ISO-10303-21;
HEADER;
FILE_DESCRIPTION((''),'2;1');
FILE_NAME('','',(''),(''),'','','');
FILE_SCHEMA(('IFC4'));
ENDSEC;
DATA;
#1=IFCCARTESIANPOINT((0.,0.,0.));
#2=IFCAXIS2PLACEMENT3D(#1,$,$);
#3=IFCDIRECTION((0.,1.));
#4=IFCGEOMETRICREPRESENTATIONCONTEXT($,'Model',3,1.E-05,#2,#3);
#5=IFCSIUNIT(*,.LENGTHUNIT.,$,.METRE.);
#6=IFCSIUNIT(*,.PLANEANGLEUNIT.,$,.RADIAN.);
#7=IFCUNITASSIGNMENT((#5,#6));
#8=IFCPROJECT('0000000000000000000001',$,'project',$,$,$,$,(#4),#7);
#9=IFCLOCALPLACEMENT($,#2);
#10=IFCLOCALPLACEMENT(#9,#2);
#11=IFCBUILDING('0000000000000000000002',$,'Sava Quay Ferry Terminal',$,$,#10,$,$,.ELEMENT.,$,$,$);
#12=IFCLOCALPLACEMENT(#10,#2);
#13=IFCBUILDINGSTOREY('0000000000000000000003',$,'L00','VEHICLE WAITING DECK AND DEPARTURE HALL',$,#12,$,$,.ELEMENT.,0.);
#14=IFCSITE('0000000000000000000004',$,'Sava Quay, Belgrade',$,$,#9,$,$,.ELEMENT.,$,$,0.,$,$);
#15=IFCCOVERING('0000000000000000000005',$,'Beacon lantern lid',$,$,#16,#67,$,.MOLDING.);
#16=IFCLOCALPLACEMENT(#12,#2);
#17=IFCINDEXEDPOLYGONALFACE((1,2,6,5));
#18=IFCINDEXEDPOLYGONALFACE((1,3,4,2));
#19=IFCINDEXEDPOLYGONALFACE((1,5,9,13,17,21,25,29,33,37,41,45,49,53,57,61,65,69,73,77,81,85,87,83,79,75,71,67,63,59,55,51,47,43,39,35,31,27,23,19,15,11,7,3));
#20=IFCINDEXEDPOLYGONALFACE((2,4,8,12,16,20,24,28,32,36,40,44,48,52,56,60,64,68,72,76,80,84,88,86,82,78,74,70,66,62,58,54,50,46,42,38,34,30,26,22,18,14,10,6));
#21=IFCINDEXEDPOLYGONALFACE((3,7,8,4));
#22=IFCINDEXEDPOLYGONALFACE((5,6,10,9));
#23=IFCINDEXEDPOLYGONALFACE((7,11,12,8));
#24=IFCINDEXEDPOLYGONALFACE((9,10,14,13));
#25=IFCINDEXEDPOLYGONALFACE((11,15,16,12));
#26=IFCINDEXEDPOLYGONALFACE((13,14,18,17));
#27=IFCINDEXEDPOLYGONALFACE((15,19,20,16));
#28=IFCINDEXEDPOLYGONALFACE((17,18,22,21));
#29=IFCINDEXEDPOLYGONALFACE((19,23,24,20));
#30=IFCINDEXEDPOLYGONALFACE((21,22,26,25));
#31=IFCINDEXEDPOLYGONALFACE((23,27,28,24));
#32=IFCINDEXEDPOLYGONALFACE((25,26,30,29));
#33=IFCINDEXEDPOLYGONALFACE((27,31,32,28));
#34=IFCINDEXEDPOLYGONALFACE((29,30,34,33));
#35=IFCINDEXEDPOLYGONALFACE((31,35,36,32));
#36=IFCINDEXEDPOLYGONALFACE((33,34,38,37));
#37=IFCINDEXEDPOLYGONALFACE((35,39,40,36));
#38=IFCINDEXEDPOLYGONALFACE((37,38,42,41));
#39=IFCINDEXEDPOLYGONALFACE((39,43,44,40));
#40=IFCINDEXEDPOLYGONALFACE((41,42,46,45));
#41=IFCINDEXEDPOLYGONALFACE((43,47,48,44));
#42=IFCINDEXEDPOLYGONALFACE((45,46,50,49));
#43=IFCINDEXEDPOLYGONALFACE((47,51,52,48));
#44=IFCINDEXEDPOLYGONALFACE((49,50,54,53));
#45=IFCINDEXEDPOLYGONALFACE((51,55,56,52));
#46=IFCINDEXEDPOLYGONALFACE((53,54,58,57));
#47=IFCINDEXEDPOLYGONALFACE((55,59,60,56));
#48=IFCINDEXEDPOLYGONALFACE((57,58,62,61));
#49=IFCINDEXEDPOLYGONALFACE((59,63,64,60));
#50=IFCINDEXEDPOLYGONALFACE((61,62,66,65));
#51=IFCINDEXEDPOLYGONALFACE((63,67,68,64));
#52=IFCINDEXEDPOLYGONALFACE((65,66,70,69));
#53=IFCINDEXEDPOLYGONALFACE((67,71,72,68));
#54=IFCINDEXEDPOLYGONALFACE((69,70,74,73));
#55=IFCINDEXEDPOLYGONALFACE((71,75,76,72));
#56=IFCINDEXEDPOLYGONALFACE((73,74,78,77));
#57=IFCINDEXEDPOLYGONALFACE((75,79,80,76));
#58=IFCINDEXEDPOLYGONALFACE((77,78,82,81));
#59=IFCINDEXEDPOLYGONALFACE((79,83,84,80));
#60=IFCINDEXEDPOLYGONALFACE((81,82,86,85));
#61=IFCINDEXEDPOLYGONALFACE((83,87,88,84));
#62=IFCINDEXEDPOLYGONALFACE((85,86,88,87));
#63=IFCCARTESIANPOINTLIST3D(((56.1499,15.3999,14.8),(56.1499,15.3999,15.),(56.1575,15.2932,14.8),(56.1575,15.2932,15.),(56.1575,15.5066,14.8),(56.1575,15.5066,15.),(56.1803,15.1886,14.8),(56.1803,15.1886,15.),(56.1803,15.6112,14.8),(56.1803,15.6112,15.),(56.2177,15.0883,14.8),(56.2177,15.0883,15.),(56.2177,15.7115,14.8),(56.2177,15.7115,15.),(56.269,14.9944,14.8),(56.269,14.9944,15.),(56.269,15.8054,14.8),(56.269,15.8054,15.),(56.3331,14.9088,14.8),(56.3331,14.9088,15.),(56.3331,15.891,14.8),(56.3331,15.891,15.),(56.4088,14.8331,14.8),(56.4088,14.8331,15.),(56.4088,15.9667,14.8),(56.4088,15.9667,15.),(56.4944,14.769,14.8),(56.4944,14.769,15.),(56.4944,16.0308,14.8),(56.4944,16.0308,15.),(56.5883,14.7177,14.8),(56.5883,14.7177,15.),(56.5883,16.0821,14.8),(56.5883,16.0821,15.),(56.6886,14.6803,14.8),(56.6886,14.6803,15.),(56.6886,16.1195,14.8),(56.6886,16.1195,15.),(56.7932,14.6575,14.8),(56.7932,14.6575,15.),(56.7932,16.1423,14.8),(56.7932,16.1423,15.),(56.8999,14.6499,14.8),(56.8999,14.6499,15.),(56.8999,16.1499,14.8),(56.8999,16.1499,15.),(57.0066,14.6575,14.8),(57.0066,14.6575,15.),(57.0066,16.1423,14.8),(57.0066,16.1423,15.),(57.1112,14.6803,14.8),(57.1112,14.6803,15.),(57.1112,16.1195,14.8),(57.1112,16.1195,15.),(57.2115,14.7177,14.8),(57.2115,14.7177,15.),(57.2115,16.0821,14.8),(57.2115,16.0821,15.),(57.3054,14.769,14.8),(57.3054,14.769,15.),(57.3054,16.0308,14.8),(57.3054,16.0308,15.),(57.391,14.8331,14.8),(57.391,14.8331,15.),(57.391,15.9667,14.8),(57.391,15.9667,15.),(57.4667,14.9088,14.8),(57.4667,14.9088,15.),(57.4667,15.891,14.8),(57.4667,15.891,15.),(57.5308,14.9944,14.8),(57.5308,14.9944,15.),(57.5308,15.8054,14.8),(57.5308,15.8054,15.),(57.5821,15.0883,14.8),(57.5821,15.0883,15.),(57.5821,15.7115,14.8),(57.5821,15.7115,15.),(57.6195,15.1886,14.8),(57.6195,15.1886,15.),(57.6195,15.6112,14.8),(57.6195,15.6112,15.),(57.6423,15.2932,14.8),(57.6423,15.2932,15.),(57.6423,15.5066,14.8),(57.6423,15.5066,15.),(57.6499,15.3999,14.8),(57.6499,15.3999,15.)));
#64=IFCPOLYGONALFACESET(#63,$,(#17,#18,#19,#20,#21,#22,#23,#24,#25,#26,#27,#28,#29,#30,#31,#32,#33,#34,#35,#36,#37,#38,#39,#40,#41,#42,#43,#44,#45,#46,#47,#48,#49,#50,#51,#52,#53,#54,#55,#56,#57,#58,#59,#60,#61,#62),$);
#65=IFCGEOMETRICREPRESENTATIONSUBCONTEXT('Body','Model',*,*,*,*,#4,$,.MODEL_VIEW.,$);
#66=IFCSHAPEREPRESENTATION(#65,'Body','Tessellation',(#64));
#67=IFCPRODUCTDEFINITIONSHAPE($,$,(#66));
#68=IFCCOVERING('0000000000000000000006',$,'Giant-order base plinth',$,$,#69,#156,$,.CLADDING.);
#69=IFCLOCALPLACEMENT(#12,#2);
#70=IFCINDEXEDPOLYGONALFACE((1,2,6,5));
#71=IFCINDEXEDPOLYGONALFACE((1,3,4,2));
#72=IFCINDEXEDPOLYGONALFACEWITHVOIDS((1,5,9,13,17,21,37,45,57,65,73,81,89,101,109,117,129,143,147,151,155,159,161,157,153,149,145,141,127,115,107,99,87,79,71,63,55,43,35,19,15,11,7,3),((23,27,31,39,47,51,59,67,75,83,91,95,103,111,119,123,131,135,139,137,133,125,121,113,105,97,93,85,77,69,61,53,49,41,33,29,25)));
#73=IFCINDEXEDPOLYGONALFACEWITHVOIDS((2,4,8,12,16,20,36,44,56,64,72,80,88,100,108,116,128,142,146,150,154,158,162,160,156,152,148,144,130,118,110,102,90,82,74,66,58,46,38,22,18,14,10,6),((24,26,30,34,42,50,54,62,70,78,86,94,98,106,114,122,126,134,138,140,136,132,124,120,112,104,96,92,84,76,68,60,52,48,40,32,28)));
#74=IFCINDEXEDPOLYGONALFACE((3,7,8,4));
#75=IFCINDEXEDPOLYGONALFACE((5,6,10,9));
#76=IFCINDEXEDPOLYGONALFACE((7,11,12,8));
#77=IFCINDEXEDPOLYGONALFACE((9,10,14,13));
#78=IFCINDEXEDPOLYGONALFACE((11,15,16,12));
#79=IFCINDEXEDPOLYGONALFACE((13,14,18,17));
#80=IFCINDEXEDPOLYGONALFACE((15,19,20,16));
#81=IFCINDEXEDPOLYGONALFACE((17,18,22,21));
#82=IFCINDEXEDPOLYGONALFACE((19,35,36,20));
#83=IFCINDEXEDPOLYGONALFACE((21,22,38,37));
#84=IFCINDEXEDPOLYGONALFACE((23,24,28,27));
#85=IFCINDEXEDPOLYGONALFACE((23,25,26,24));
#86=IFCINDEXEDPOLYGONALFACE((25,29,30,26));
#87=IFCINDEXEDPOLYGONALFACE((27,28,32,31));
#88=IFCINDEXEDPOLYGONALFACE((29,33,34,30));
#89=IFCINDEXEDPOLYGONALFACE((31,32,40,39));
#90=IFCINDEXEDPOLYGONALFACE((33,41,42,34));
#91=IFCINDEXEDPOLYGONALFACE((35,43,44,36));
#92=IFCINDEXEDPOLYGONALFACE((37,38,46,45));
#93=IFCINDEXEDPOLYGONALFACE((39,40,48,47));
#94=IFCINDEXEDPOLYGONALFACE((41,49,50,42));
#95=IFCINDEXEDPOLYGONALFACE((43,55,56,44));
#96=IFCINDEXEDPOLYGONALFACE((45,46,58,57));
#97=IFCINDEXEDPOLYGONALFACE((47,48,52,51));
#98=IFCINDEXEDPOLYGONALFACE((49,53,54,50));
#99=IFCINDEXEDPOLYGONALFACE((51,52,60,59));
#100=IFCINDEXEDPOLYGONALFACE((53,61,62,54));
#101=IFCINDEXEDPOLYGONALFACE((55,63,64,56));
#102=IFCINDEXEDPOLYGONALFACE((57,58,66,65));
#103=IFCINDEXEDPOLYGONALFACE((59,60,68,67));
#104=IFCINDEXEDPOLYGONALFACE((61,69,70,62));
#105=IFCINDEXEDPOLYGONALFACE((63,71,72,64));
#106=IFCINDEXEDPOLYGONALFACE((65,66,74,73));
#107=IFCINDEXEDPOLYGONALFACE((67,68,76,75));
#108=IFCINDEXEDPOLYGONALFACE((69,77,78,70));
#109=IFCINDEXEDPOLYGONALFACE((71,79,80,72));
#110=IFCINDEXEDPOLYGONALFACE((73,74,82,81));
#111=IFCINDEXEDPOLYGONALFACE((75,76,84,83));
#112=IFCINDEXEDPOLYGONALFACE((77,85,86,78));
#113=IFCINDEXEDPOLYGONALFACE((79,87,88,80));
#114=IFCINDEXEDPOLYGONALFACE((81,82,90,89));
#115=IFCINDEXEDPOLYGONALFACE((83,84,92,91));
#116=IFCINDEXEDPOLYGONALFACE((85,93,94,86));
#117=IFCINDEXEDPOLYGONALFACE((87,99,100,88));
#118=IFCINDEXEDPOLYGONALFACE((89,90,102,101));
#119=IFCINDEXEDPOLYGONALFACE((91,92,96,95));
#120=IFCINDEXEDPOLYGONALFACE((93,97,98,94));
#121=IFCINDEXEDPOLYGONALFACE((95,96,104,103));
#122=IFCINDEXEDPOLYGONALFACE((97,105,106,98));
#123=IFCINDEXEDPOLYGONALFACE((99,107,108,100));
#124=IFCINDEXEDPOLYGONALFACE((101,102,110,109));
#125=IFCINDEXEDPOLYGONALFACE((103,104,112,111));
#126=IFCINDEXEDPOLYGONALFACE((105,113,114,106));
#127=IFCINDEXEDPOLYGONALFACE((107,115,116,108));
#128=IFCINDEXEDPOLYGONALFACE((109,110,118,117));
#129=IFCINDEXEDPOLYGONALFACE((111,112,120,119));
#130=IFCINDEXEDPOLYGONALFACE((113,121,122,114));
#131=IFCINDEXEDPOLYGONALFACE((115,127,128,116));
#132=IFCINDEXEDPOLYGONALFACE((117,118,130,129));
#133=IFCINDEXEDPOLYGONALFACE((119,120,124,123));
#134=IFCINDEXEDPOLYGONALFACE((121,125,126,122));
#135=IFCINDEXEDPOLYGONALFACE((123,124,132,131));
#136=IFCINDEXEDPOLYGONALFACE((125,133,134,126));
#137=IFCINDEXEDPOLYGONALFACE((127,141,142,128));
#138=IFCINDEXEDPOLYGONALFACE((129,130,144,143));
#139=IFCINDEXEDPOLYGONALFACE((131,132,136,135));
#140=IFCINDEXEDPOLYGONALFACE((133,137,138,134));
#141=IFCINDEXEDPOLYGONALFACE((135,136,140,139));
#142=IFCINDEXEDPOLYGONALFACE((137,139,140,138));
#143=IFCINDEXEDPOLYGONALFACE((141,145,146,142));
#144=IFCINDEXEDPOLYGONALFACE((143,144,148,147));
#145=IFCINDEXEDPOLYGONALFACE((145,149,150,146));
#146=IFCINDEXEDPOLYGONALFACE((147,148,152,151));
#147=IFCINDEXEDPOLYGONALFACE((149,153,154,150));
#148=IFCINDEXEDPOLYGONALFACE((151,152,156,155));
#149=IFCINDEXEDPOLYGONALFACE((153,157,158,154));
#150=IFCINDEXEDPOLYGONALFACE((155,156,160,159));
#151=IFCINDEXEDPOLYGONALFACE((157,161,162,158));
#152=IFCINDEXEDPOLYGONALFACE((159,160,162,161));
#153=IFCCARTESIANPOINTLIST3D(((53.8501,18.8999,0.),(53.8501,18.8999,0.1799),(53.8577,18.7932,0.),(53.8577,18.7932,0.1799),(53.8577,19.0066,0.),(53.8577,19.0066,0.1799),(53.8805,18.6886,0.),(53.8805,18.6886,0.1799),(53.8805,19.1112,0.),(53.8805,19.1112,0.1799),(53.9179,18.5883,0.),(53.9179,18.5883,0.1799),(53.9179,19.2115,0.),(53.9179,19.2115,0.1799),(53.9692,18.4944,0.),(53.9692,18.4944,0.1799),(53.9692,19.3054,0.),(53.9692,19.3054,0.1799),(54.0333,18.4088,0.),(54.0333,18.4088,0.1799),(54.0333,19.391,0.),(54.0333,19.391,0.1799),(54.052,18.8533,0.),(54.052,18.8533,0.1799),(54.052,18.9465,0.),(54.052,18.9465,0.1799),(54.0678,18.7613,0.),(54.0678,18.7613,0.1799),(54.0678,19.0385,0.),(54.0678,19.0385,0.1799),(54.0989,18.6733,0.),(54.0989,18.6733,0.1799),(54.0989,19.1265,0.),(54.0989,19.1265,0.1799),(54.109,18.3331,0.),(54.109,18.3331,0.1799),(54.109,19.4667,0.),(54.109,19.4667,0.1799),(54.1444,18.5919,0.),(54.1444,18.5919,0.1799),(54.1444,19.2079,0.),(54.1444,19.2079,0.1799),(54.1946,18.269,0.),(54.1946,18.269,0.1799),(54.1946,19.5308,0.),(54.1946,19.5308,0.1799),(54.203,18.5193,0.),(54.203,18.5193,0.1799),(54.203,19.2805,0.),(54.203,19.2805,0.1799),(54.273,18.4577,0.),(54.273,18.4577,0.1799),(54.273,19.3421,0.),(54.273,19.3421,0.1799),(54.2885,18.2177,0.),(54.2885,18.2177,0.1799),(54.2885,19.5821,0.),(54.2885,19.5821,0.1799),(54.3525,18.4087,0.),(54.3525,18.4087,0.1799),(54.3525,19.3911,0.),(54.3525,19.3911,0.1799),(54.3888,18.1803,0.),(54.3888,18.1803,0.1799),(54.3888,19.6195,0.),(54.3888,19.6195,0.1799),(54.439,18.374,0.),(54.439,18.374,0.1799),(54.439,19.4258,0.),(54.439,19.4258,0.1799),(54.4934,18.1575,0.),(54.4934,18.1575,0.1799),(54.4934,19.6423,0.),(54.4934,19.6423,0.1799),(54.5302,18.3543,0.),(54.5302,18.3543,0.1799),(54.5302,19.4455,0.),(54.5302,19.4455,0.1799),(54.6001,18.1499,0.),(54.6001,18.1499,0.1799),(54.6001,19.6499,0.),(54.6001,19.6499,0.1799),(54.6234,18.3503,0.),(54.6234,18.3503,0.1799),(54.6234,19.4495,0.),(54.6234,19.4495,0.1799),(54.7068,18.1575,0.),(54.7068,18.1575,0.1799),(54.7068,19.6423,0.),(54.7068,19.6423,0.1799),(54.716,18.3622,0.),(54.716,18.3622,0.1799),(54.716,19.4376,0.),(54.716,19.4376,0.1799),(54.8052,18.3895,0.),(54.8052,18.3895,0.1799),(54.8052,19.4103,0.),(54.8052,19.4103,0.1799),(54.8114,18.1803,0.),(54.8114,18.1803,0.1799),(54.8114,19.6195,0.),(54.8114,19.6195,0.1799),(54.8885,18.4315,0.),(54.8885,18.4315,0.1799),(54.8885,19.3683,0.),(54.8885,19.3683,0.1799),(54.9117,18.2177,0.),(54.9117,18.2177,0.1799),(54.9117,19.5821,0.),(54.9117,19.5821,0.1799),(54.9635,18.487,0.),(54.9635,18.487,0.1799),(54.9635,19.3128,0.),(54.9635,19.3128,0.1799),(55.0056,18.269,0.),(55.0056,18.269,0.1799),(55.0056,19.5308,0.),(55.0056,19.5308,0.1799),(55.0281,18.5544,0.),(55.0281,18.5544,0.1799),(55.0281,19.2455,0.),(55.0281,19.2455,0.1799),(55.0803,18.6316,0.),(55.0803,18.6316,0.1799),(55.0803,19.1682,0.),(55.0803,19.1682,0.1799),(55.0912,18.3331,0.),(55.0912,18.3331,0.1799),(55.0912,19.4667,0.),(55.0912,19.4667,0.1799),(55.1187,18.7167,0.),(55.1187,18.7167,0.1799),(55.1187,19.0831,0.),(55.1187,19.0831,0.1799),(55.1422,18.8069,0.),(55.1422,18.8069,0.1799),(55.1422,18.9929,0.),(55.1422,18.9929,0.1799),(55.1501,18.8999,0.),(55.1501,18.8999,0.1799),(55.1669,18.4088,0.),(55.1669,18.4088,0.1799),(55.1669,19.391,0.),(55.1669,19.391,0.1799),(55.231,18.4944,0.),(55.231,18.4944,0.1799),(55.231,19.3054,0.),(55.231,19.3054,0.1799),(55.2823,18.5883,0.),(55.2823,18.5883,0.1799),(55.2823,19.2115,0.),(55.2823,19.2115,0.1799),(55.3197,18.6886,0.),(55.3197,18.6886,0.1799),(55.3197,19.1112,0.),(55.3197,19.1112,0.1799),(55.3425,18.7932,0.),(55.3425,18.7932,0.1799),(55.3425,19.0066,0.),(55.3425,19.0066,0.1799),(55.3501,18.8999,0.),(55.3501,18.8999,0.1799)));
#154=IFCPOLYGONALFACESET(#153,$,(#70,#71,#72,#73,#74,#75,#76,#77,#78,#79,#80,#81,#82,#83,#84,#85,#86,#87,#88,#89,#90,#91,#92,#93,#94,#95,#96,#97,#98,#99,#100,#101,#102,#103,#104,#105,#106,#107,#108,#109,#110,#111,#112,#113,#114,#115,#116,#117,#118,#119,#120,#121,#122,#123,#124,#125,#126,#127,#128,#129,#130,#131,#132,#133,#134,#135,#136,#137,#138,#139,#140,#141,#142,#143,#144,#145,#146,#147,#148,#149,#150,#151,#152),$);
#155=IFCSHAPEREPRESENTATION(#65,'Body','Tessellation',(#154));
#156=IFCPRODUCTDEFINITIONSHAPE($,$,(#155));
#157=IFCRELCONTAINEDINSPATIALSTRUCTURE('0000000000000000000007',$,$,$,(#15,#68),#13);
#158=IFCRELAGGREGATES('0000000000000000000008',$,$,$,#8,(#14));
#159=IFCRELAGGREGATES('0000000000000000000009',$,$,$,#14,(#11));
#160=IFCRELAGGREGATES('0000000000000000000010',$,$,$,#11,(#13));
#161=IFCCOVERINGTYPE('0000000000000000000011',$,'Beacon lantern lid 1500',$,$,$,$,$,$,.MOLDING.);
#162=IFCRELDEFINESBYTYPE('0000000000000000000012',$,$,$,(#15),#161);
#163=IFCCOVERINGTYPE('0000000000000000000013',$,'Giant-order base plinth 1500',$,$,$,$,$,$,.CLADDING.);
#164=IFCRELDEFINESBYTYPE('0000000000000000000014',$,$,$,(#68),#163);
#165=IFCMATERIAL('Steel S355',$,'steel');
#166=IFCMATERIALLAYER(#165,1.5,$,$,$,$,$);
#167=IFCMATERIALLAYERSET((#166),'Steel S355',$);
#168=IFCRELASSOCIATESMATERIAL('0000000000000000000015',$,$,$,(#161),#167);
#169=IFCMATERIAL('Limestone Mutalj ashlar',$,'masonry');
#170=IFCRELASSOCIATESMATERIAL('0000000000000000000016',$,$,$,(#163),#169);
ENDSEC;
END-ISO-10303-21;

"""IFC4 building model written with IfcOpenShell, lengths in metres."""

from ifc_helpers import new_model, si_unit, direction, frame, origin, origin_2d, place, context, subcontext, project, spatial, circle, hollow_circle, extrude, material, layer, layer_set, material_profile, profile_set, type_object, element, save


model = new_model("IFC4")

# Units and contexts
model_context = context("Model", 3, precision=1e-05, world=origin(), true_north=direction((0.0, 1.0)))
body_context = subcontext(model_context, "Body", "Model", "MODEL_VIEW")
ifc_project = project(units=[si_unit("LENGTHUNIT", "METRE"), si_unit("PLANEANGLEUNIT", "RADIAN")], contexts=[model_context])

# Site, building, storey
site_placement = place(None, origin())
site = spatial("IfcSite", under=ifc_project, at=site_placement, Name="Sava Quay, Belgrade", CompositionType="ELEMENT", RefElevation=0.0)
building_placement = place(site_placement, origin())
building = spatial("IfcBuilding", under=site, at=building_placement, Name="Sava Quay Ferry Terminal", CompositionType="ELEMENT")
storey_placement = place(building_placement, origin())
storey = spatial("IfcBuildingStorey", under=building, at=storey_placement, Name="L00", Description="VEHICLE WAITING DECK AND DEPARTURE HALL", CompositionType="ELEMENT", Elevation=0.0)

# Coverings
ifc_material_1 = material(Name="Steel S355", Category="steel")
ifc_layer_1 = layer(ifc_material_1, 1.5)
ifc_layer_set_1 = layer_set([ifc_layer_1], Name="Steel S355")
covering_type_1 = type_object("IfcCoveringType", Name="Beacon lantern lid 1500", PredefinedType="MOLDING", material=ifc_layer_set_1)
covering_1_placement = place(storey_placement, frame((56.8999, 15.3999, 15.0), z_axis=(0.0, 0.0, -1.0), x_axis=(1.0, 0.0, 0.0)))
element("IfcCovering", 1, at=covering_1_placement, inside=storey, type_object=covering_type_1, Name="Beacon lantern lid", PredefinedType="MOLDING", context=body_context, shape_type="SweptSolid", body=[
    extrude(circle(Radius=0.75, at=origin_2d()), origin(), (0.0, 0.0, 1.0), 0.2),
])
ifc_material_2 = material(Name="Limestone Mutalj ashlar", Category="masonry")
ifc_material_profile_1 = material_profile(ifc_material_2, hollow_circle(Radius=0.75, WallThickness=0.2, at=origin_2d()), Name="Base plinth 1500")
ifc_profile_set_1 = profile_set([ifc_material_profile_1], Name="Limestone Mutalj ashlar")
covering_type_2 = type_object("IfcCoveringType", Name="Giant-order base plinth 1500", PredefinedType="CLADDING", material=ifc_profile_set_1)
covering_2_placement = place(storey_placement, frame((54.6001, 18.8999, 0.0), z_axis=(0.0, 0.0, 1.0), x_axis=(1.0, 0.0, 0.0)))
element("IfcCovering", 2, at=covering_2_placement, inside=storey, type_object=covering_type_2, Name="Giant-order base plinth", PredefinedType="CLADDING", context=body_context, shape_type="SweptSolid", body=[
    extrude(hollow_circle(Radius=0.75, WallThickness=0.2, at=origin_2d()), origin(), (0.0, 0.0, 1.0), 0.1799),
])

save(model, "model.ifc")
